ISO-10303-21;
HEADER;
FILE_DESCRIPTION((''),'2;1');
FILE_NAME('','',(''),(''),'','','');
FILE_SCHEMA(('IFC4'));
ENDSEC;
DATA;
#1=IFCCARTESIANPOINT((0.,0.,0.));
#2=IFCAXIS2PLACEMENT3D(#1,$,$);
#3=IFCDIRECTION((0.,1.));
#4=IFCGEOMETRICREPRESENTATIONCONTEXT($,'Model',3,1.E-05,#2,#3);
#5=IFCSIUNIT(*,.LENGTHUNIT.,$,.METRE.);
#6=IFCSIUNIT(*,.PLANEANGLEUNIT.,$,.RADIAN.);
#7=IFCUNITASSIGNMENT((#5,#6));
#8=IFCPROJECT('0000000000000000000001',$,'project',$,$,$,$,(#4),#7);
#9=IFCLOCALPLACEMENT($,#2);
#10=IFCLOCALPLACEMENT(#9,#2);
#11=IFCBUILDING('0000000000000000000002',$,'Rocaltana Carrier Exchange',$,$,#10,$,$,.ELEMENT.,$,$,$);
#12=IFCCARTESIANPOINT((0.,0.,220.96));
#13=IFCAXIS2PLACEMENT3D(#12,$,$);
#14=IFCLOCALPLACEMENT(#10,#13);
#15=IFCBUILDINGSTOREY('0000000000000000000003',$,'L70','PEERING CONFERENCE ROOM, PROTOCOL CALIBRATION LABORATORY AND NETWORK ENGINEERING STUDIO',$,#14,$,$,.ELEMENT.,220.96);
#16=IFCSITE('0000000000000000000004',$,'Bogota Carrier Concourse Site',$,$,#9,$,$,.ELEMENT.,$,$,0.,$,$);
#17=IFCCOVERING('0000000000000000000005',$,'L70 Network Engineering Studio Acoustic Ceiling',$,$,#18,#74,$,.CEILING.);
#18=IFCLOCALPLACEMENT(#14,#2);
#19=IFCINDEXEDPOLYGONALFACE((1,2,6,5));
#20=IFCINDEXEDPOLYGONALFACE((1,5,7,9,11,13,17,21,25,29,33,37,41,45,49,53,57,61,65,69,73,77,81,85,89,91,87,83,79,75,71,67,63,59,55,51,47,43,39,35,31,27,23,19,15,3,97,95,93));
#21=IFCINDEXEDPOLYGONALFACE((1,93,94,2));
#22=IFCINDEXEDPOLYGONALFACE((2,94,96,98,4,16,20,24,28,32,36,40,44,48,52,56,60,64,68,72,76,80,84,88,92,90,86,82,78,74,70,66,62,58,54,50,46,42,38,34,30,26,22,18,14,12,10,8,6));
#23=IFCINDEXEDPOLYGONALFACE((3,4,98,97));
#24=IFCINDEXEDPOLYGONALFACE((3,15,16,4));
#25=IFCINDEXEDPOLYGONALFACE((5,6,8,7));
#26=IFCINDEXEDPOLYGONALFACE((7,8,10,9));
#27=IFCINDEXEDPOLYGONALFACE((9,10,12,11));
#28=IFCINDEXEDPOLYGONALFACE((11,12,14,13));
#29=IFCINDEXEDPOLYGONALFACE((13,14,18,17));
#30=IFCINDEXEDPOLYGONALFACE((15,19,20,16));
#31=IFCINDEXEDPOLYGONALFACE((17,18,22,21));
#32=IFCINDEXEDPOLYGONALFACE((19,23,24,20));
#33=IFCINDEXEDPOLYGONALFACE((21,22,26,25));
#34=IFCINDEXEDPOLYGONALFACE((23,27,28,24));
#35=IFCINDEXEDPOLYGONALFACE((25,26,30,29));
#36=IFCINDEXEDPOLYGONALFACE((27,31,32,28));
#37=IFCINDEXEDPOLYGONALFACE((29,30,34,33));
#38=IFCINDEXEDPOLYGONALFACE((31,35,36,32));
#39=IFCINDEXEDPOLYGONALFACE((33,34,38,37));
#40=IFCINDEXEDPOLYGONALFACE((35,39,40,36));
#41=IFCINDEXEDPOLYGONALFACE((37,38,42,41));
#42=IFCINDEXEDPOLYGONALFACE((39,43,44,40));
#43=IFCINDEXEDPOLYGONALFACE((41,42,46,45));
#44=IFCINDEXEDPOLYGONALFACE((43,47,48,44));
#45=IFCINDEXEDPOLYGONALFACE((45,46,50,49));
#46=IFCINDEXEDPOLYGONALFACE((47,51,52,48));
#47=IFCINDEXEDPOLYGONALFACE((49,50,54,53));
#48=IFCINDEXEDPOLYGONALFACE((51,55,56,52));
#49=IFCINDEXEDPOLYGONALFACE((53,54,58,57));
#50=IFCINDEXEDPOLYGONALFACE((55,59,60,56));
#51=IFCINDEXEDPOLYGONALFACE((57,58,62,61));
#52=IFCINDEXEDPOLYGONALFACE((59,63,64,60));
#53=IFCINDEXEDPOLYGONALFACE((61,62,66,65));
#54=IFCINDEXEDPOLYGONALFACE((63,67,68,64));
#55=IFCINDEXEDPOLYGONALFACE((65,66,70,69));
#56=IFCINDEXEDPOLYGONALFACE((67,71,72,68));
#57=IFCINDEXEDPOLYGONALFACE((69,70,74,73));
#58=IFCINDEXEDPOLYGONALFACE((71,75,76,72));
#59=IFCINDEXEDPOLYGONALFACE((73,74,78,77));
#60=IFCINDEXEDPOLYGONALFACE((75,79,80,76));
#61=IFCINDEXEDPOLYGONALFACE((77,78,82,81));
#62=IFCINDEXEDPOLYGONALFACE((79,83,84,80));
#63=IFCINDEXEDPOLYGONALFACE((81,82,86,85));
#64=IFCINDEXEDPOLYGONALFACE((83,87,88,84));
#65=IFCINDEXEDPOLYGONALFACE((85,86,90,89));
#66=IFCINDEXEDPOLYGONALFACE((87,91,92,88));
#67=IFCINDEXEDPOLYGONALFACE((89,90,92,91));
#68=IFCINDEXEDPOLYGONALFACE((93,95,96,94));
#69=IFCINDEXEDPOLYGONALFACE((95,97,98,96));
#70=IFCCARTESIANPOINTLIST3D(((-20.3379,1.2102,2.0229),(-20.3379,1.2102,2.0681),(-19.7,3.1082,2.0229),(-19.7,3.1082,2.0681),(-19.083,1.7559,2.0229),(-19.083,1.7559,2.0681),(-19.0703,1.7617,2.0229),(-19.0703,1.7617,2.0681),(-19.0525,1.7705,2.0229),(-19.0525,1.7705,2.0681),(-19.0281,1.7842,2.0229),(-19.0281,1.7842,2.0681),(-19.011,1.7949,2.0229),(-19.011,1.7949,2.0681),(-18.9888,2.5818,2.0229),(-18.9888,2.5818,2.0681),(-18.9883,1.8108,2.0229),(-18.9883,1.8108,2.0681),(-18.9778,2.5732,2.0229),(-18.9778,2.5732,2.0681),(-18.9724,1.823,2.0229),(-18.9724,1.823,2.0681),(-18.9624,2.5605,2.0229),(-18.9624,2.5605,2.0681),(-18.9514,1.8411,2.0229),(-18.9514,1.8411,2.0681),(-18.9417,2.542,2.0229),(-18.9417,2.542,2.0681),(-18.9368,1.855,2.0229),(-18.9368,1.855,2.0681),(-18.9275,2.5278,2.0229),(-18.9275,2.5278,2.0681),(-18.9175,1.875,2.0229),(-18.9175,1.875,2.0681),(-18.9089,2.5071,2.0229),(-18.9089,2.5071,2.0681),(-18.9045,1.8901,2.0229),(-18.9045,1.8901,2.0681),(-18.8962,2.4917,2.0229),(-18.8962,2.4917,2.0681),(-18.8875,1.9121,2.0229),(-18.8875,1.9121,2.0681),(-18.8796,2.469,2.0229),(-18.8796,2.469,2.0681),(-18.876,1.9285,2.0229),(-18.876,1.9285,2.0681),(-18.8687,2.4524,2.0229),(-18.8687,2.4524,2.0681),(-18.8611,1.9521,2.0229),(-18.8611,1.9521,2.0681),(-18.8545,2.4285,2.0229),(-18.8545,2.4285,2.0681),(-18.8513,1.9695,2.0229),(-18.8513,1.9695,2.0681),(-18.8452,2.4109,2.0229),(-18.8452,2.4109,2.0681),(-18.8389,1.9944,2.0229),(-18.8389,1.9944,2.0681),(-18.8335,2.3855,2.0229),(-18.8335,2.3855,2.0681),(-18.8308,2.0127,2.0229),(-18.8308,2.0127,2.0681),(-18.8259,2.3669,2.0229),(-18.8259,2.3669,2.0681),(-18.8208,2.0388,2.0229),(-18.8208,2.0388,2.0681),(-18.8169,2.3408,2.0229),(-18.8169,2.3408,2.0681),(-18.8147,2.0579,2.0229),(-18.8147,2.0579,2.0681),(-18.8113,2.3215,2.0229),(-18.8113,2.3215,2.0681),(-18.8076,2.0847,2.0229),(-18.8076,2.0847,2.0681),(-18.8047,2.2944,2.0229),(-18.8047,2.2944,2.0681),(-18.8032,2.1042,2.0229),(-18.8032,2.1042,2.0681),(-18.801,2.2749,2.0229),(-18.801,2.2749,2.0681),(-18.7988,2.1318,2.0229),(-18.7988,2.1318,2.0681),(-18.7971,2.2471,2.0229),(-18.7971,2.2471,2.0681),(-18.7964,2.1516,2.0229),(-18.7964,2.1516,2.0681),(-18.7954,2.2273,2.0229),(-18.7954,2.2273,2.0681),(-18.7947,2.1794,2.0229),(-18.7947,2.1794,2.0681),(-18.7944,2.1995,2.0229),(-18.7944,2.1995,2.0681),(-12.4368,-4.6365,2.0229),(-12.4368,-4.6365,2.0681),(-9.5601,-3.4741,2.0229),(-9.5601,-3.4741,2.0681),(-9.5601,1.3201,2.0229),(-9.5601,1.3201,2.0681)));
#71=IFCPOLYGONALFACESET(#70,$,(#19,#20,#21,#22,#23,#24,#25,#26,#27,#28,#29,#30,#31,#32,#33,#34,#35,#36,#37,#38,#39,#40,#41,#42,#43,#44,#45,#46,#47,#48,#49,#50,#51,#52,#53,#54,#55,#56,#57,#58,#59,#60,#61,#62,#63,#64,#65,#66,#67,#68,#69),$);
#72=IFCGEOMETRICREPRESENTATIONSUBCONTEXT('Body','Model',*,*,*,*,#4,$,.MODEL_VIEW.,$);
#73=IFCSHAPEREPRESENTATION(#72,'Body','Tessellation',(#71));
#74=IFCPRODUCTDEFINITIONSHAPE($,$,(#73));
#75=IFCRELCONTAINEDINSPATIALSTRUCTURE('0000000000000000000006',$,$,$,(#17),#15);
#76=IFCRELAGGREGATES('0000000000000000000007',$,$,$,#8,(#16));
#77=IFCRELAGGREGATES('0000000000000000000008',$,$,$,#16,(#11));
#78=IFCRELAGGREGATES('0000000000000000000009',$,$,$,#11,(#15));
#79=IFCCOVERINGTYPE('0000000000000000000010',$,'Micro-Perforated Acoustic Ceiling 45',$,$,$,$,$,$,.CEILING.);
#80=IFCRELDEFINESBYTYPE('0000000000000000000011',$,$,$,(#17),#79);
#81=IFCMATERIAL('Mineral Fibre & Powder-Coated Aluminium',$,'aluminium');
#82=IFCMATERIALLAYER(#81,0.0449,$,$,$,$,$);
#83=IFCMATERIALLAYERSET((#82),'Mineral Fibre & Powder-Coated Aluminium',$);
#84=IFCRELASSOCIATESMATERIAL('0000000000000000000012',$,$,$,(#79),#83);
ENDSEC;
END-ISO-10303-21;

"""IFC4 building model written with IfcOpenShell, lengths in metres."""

from ifc_helpers import new_model, si_unit, direction, frame, origin, place, context, subcontext, project, spatial, polyline, outline, extrude, material, layer, layer_set, type_object, element, save


model = new_model("IFC4")

# Units and contexts
model_context = context("Model", 3, precision=1e-05, world=origin(), true_north=direction((0.0, 1.0)))
body_context = subcontext(model_context, "Body", "Model", "MODEL_VIEW")
ifc_project = project(units=[si_unit("LENGTHUNIT", "METRE"), si_unit("PLANEANGLEUNIT", "RADIAN")], contexts=[model_context])

# Site, building, storey
site_placement = place(None, origin())
site = spatial("IfcSite", under=ifc_project, at=site_placement, Name="Bogota Carrier Concourse Site", CompositionType="ELEMENT", RefElevation=0.0)
building_placement = place(site_placement, origin())
building = spatial("IfcBuilding", under=site, at=building_placement, Name="Rocaltana Carrier Exchange", CompositionType="ELEMENT")
storey_placement = place(building_placement, frame((0.0, 0.0, 220.96)))
storey = spatial("IfcBuildingStorey", under=building, at=storey_placement, Name="L70", Description="PEERING CONFERENCE ROOM, PROTOCOL CALIBRATION LABORATORY AND NETWORK ENGINEERING STUDIO", CompositionType="ELEMENT", Elevation=220.96)

# Covering
ifc_material_1 = material(Name="Mineral Fibre & Powder-Coated Aluminium", Category="aluminium")
ifc_layer_1 = layer(ifc_material_1, 0.0449)
ifc_layer_set_1 = layer_set([ifc_layer_1], Name="Mineral Fibre & Powder-Coated Aluminium")
covering_type_1 = type_object("IfcCoveringType", Name="Micro-Perforated Acoustic Ceiling 45", PredefinedType="CEILING", material=ifc_layer_set_1)
covering_1_placement = place(storey_placement, frame((0.0, 0.0, 2.0229)))
element("IfcCovering", 1, at=covering_1_placement, inside=storey, type_object=covering_type_1, Name="L70 Network Engineering Studio Acoustic Ceiling", PredefinedType="CEILING", context=body_context, shape_type="SweptSolid", body=[
    extrude(outline(polyline([(-19.7, 3.1082), (-9.5601, 1.3201), (-9.5601, -3.4741), (-12.4368, -4.6365), (-20.3379, 1.2102), (-19.083, 1.7559), (-19.0703, 1.7617), (-19.0525, 1.7705), (-19.0281, 1.7842), (-19.011, 1.7949), (-18.9883, 1.8108), (-18.9724, 1.823), (-18.9514, 1.8411), (-18.9368, 1.855), (-18.9175, 1.875), (-18.9045, 1.8901), (-18.8875, 1.9121), (-18.876, 1.9285), (-18.8611, 1.9521), (-18.8513, 1.9695), (-18.8389, 1.9944), (-18.8308, 2.0127), (-18.8208, 2.0388), (-18.8147, 2.0579), (-18.8076, 2.0847), (-18.8032, 2.1042), (-18.7988, 2.1318), (-18.7964, 2.1516), (-18.7947, 2.1794), (-18.7944, 2.1995), (-18.7954, 2.2273), (-18.7971, 2.2471), (-18.801, 2.2749), (-18.8047, 2.2944), (-18.8113, 2.3215), (-18.8169, 2.3408), (-18.8259, 2.3669), (-18.8335, 2.3855), (-18.8452, 2.4109), (-18.8545, 2.4285), (-18.8687, 2.4524), (-18.8796, 2.469), (-18.8962, 2.4917), (-18.9089, 2.5071), (-18.9275, 2.5278), (-18.9417, 2.542), (-18.9624, 2.5605), (-18.9778, 2.5732), (-18.9888, 2.5818), (-19.7, 3.1082)])), origin(), (0.0, 0.0, 1.0), 0.0452),
])

save(model, "model.ifc")
